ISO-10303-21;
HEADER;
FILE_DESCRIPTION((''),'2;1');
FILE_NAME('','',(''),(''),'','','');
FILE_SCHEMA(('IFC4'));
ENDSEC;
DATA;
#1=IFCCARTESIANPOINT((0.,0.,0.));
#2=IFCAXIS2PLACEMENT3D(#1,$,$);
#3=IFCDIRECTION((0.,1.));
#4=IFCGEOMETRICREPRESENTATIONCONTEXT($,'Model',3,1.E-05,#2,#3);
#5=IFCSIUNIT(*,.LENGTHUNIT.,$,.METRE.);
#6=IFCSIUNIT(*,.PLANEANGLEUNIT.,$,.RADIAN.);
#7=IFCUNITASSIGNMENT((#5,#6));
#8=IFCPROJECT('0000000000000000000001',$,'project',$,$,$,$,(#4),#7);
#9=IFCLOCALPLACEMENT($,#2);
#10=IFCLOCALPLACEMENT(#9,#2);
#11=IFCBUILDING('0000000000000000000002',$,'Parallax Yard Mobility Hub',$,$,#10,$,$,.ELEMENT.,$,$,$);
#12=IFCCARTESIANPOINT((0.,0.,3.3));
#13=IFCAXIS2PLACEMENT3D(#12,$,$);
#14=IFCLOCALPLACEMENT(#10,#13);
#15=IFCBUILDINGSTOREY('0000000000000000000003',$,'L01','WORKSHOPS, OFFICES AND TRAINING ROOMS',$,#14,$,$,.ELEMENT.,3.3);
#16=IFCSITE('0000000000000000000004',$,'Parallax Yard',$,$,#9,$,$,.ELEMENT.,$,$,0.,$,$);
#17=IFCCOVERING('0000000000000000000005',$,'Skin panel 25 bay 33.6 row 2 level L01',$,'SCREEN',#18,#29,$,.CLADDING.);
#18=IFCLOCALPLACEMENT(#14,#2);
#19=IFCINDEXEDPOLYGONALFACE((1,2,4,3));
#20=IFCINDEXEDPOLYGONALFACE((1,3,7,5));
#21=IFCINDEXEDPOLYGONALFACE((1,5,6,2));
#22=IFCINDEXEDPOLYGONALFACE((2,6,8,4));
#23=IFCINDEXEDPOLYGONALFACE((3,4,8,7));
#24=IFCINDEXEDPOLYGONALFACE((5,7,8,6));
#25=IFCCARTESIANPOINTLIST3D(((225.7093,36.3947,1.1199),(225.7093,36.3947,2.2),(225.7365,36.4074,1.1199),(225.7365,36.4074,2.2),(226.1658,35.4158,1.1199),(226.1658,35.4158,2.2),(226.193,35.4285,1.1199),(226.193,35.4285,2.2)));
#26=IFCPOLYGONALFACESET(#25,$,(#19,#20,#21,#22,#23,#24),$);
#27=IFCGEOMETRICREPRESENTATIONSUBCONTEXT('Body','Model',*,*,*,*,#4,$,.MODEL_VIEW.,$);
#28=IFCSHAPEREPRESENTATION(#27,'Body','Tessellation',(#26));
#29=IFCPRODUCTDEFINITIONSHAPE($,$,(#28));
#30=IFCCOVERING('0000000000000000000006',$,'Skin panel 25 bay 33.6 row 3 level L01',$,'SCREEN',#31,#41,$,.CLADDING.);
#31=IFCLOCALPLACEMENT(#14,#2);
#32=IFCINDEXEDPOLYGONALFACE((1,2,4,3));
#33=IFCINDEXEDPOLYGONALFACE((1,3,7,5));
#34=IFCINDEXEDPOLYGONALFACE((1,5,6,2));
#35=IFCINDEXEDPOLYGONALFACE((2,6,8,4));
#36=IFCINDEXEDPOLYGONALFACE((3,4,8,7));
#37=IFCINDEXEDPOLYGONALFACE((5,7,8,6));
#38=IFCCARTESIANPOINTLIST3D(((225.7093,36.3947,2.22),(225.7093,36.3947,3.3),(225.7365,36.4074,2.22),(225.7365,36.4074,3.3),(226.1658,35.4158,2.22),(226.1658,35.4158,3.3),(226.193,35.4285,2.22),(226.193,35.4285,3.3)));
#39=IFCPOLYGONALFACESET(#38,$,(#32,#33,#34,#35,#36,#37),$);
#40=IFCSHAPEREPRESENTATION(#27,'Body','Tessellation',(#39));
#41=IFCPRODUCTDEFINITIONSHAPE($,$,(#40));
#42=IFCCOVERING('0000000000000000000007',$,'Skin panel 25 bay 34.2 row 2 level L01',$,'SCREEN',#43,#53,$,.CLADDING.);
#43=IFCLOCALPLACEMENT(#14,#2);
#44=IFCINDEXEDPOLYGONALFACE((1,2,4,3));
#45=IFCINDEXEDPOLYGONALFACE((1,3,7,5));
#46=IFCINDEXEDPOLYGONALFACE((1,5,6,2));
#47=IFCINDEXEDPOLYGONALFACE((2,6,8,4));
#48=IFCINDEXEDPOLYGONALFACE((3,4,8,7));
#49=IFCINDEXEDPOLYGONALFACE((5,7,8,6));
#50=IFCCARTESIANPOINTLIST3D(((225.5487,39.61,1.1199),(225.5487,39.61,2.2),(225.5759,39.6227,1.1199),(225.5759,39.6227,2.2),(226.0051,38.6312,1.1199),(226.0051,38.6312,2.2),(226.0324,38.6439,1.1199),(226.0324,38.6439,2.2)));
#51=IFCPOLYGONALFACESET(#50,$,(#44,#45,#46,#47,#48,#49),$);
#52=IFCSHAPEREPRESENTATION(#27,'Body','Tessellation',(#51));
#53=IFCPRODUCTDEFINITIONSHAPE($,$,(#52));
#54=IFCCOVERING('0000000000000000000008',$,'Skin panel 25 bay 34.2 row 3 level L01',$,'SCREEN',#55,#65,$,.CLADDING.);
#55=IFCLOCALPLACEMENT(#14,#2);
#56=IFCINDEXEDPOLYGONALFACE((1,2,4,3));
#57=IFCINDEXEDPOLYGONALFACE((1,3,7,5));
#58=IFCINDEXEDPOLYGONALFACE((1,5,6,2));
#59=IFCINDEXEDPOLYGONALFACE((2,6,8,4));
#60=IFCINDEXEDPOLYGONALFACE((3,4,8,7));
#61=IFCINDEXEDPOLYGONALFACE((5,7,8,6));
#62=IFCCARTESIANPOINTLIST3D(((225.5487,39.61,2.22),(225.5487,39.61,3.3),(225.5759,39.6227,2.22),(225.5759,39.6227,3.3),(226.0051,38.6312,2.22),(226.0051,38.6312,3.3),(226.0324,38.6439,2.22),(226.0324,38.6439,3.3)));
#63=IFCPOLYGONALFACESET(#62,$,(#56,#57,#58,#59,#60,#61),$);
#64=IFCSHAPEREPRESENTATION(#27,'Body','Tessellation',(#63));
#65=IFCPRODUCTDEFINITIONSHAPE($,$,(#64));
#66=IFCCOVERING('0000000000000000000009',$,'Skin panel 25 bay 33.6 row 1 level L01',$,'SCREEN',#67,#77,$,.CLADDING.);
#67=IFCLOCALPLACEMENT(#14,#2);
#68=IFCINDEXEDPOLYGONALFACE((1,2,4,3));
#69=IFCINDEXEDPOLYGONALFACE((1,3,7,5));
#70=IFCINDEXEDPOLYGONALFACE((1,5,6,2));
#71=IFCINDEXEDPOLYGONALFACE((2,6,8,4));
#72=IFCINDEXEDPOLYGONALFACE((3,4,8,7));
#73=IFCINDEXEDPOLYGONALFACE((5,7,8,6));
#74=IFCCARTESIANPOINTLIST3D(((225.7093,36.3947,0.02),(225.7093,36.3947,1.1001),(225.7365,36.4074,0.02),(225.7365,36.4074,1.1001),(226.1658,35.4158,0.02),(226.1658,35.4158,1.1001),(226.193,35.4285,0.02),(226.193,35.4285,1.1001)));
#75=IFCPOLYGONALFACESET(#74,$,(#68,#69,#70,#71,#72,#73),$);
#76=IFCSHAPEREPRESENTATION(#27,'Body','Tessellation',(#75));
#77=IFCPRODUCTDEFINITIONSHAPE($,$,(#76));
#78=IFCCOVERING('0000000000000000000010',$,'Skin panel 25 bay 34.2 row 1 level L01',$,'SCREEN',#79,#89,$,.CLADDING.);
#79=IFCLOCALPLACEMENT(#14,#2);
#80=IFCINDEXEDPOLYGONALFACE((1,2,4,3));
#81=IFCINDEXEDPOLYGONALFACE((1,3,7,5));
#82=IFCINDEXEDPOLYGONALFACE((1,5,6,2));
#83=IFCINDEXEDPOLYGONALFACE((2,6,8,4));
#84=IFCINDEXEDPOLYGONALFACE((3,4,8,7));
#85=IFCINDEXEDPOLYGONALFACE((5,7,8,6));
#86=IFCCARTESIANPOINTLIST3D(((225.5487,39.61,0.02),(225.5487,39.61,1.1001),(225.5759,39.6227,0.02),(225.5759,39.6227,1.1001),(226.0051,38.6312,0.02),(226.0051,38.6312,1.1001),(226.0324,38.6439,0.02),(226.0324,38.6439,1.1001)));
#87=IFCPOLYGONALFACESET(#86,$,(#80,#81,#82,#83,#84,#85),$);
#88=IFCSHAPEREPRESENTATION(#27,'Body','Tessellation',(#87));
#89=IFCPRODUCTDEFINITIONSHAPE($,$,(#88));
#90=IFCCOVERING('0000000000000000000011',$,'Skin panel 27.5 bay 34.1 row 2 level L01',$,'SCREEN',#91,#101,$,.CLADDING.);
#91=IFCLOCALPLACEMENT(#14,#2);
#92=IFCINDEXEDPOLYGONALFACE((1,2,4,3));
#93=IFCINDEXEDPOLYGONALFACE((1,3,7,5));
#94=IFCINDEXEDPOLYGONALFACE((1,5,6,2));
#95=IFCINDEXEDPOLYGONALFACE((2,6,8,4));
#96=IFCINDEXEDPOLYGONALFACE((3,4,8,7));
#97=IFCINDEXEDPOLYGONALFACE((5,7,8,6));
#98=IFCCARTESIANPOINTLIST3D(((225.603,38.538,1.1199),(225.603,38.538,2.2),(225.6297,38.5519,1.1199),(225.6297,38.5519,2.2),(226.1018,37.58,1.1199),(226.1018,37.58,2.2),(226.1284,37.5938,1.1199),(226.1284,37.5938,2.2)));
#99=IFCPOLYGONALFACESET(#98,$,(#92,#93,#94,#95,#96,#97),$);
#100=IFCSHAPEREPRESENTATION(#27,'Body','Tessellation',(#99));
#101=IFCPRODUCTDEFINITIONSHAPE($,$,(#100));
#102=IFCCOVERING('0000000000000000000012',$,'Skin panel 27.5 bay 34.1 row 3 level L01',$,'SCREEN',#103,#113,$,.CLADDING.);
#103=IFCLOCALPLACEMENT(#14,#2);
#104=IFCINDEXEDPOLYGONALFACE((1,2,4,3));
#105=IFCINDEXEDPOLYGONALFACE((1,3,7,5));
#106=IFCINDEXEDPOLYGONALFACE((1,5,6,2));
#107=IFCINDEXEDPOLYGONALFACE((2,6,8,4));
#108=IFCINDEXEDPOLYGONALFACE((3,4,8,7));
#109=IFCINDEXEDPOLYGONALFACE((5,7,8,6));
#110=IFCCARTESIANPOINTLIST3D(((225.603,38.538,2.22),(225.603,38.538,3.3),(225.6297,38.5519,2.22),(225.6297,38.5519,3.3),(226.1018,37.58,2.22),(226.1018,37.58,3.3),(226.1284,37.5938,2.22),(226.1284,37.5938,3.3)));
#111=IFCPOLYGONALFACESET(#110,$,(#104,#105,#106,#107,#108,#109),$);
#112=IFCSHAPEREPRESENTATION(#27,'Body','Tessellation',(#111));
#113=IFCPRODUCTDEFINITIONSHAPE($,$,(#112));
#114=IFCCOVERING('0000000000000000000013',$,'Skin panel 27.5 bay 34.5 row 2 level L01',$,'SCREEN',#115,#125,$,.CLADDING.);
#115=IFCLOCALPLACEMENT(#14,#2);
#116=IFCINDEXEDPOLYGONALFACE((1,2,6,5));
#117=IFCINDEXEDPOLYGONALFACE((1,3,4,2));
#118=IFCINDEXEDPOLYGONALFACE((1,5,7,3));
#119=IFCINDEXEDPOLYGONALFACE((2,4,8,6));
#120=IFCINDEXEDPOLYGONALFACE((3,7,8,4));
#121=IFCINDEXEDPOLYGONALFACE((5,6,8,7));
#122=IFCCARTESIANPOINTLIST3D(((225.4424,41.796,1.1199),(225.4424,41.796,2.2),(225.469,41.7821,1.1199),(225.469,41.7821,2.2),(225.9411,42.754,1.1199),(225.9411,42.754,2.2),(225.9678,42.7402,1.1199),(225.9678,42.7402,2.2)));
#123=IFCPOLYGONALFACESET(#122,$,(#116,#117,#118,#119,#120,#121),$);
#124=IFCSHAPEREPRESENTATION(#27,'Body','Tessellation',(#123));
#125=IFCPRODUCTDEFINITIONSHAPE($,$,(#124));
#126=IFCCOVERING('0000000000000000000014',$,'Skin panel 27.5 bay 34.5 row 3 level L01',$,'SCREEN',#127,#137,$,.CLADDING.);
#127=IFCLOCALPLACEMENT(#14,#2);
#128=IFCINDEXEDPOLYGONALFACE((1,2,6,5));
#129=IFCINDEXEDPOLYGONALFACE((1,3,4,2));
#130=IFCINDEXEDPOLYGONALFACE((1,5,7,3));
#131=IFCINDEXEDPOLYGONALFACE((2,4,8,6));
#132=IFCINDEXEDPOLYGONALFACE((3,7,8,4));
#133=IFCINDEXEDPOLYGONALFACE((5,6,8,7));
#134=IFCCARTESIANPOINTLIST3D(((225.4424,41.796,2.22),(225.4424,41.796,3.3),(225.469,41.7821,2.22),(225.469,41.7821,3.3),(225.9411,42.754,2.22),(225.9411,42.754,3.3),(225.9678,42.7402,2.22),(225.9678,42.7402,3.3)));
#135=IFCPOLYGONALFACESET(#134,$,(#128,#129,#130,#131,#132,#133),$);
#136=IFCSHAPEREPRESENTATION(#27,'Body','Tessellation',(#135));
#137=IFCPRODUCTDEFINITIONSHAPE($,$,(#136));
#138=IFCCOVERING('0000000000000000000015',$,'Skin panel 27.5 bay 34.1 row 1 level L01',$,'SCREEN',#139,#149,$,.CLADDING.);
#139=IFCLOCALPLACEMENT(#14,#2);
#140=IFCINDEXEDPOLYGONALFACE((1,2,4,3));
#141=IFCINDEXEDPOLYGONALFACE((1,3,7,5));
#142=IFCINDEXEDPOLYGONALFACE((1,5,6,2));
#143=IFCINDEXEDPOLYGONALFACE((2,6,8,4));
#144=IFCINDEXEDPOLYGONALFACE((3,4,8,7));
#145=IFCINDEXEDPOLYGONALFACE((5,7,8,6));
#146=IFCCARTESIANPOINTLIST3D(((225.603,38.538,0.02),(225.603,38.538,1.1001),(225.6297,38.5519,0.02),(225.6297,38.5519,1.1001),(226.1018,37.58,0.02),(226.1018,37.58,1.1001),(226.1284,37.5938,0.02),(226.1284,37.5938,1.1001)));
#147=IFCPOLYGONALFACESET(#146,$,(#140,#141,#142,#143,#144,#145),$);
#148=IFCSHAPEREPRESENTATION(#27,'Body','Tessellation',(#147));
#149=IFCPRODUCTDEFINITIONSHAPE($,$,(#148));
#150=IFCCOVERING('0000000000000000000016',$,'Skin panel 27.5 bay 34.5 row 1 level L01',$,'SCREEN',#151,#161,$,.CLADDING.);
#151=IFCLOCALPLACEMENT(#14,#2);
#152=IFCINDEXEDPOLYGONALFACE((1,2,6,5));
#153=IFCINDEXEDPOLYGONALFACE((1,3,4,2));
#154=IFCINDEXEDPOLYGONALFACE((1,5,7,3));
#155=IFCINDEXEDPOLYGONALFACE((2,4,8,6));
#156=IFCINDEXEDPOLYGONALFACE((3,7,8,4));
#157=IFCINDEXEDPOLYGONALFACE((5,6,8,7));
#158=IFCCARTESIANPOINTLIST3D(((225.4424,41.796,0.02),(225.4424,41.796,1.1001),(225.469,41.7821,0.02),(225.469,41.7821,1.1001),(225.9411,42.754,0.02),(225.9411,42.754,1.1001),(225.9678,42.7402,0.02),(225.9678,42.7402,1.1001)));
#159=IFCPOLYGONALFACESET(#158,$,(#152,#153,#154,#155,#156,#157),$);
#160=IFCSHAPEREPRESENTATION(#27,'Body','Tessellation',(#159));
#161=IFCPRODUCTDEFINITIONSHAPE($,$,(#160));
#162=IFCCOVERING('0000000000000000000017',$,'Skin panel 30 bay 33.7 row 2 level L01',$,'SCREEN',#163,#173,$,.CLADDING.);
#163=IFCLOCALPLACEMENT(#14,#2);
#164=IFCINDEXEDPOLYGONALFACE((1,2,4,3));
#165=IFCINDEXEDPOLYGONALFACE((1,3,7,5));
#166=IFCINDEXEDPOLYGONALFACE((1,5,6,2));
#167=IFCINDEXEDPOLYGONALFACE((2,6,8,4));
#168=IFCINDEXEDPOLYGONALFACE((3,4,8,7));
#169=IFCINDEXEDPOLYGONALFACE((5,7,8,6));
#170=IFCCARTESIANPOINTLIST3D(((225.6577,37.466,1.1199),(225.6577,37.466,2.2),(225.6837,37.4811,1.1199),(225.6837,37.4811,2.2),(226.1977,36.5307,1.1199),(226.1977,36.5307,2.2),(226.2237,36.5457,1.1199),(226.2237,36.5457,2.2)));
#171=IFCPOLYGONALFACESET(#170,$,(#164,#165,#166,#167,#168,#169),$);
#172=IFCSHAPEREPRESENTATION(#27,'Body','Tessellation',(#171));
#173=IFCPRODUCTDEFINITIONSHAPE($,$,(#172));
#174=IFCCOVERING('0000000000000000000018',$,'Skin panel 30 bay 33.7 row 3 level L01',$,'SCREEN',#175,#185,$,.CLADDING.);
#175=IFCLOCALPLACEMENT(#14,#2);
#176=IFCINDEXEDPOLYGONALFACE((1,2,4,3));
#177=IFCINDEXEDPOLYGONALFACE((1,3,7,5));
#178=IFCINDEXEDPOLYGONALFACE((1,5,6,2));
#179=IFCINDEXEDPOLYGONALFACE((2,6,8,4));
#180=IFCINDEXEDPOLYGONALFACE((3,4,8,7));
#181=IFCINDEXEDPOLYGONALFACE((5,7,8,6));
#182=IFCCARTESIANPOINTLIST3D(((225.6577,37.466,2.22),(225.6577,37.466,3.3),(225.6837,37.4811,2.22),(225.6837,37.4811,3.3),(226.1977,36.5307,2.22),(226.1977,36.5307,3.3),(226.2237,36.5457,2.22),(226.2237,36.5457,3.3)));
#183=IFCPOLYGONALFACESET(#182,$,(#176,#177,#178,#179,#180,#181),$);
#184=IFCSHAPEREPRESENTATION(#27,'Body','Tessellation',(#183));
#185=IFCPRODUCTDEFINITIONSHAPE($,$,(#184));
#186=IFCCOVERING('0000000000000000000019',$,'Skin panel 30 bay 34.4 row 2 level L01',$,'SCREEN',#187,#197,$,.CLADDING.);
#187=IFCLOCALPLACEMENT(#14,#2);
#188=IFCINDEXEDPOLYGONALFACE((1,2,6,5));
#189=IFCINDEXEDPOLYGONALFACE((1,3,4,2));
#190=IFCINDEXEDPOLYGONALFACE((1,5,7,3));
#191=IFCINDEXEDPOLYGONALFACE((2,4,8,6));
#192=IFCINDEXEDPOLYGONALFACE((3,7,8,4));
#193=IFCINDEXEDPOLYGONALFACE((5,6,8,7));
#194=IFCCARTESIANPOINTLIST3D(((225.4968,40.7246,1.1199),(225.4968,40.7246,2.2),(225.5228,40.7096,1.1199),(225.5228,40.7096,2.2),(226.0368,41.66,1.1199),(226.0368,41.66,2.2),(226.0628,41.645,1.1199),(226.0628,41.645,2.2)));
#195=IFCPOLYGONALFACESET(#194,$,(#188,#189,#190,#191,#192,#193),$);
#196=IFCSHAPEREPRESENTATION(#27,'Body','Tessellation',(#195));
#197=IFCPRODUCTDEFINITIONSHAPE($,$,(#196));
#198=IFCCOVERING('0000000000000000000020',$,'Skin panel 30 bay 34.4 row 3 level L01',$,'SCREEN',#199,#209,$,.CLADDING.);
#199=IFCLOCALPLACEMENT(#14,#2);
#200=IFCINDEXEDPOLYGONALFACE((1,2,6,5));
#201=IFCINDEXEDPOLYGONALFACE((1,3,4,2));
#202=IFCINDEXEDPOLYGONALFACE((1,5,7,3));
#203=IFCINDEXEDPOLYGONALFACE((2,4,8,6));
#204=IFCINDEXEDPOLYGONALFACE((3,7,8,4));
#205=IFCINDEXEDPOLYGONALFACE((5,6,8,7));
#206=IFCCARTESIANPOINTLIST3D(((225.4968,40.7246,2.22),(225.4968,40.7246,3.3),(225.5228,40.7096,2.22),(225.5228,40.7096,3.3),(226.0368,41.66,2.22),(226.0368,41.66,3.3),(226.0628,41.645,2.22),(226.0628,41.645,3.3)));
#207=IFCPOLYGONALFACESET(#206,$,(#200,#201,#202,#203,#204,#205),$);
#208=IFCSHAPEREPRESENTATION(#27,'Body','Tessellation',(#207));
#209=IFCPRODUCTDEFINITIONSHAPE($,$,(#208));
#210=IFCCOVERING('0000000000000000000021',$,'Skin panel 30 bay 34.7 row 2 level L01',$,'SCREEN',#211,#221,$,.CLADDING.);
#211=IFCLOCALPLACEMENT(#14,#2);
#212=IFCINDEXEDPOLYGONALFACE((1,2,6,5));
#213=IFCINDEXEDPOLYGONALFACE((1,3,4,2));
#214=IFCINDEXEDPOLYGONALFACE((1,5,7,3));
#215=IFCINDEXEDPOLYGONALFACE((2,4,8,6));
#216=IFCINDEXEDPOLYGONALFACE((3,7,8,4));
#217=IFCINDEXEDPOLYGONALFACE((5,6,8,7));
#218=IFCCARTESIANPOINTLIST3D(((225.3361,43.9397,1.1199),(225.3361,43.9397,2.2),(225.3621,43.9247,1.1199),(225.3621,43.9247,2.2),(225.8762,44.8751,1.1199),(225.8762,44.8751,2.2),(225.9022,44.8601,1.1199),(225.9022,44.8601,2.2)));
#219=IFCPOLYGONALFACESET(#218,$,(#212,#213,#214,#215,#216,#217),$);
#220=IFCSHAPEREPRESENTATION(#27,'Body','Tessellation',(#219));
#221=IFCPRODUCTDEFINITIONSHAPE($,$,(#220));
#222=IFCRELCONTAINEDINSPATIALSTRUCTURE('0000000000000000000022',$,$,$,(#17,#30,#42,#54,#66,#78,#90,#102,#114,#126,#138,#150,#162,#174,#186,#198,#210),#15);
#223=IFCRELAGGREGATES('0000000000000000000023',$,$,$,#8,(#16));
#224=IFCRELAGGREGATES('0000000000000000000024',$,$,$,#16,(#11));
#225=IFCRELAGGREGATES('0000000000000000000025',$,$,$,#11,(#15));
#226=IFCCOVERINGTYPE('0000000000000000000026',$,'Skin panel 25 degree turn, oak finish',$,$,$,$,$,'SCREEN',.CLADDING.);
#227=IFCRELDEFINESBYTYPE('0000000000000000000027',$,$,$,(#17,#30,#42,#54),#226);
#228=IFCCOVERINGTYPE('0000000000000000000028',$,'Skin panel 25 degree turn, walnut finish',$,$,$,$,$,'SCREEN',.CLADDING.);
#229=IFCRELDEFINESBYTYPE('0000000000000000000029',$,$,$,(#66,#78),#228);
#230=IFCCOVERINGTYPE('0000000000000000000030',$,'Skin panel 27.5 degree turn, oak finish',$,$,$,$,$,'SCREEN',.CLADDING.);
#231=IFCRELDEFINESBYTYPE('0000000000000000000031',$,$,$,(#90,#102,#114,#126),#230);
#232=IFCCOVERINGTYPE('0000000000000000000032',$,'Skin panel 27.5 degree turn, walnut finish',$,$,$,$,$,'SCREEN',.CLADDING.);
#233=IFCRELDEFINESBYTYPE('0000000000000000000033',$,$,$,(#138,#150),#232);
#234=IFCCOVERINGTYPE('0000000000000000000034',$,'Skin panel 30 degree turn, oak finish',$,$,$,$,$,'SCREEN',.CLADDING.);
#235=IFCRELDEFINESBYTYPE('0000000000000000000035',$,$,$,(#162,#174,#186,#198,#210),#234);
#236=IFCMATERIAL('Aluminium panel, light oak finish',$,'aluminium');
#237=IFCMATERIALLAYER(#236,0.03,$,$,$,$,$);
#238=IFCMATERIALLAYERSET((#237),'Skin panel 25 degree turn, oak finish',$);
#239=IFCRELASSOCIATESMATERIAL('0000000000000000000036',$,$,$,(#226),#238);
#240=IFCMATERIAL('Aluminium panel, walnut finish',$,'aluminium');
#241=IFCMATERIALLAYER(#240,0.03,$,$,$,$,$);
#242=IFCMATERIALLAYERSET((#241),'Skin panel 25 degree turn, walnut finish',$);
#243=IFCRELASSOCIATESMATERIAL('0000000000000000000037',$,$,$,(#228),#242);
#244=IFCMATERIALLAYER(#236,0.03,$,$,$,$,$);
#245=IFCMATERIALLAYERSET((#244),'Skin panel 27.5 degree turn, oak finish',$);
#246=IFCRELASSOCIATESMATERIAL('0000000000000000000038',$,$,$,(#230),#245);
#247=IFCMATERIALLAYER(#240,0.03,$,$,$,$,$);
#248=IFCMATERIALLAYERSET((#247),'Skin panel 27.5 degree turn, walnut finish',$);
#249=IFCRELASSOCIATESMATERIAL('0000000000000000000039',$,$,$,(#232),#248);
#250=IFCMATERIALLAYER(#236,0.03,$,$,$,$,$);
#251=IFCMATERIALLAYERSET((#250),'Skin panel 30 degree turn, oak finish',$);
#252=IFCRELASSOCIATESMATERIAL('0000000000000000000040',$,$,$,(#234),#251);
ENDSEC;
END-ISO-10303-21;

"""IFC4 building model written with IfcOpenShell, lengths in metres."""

from ifc_helpers import new_model, si_unit, direction, frame, origin, origin_2d, place, context, subcontext, project, spatial, rectangle, extrude, material, layer, layer_set, type_object, element, save


model = new_model("IFC4")

# Units and contexts
model_context = context("Model", 3, precision=1e-05, world=origin(), true_north=direction((0.0, 1.0)))
body_context = subcontext(model_context, "Body", "Model", "MODEL_VIEW")
ifc_project = project(units=[si_unit("LENGTHUNIT", "METRE"), si_unit("PLANEANGLEUNIT", "RADIAN")], contexts=[model_context])

# Site, building, storey
site_placement = place(None, origin())
site = spatial("IfcSite", under=ifc_project, at=site_placement, Name="Parallax Yard", CompositionType="ELEMENT", RefElevation=0.0)
building_placement = place(site_placement, origin())
building = spatial("IfcBuilding", under=site, at=building_placement, Name="Parallax Yard Mobility Hub", CompositionType="ELEMENT")
storey_placement = place(building_placement, frame((0.0, 0.0, 3.3)))
storey = spatial("IfcBuildingStorey", under=building, at=storey_placement, Name="L01", Description="WORKSHOPS, OFFICES AND TRAINING ROOMS", CompositionType="ELEMENT", Elevation=3.3)

# Coverings
ifc_material_1 = material(Name="Aluminium panel, light oak finish", Category="aluminium")
ifc_layer_1 = layer(ifc_material_1, 0.03)
ifc_layer_set_1 = layer_set([ifc_layer_1], Name="Skin panel 25 degree turn, oak finish")
covering_type_1 = type_object("IfcCoveringType", Name="Skin panel 25 degree turn, oak finish", ElementType="SCREEN", PredefinedType="CLADDING", material=ifc_layer_set_1)
for number, where, z_axis, x_axis, name in (
    (1, (225.9512, 35.9116, 1.1199), (0.0, 0.0, 1.0), (0.422618, -0.906308, 0.0), "Skin panel 25 bay 33.6 row 2 level L01"),
    (2, (225.9512, 35.9116, 2.22), (0.0, 0.0, 1.0), (0.422618, -0.906308, 0.0), "Skin panel 25 bay 33.6 row 3 level L01"),
    (3, (225.7905, 39.127, 1.1199), (0.0, 0.0, 1.0), (0.422618, -0.906308, 0.0), "Skin panel 25 bay 34.2 row 2 level L01"),
    (4, (225.7905, 39.127, 2.22), (0.0, 0.0, 1.0), (0.422618, -0.906308, 0.0), "Skin panel 25 bay 34.2 row 3 level L01"),
):
    element("IfcCovering", number, at=place(storey_placement, frame(where, z_axis=z_axis, x_axis=x_axis)), inside=storey, type_object=covering_type_1, Name=name, ObjectType="SCREEN", PredefinedType="CLADDING", context=body_context, shape_type="SweptSolid", body=[
        extrude(rectangle(XDim=1.0801, YDim=0.03, at=origin_2d()), origin(), (0.0, 0.0, 1.0), 1.0801),
    ])
ifc_material_2 = material(Name="Aluminium panel, walnut finish", Category="aluminium")
ifc_layer_2 = layer(ifc_material_2, 0.03)
ifc_layer_set_2 = layer_set([ifc_layer_2], Name="Skin panel 25 degree turn, walnut finish")
covering_type_2 = type_object("IfcCoveringType", Name="Skin panel 25 degree turn, walnut finish", ElementType="SCREEN", PredefinedType="CLADDING", material=ifc_layer_set_2)
for number, where, z_axis, x_axis, name in (
    (5, (225.9512, 35.9116, 0.02), (0.0, 0.0, 1.0), (0.422618, -0.906308, 0.0), "Skin panel 25 bay 33.6 row 1 level L01"),
    (6, (225.7905, 39.127, 0.02), (0.0, 0.0, 1.0), (0.422618, -0.906308, 0.0), "Skin panel 25 bay 34.2 row 1 level L01"),
):
    element("IfcCovering", number, at=place(storey_placement, frame(where, z_axis=z_axis, x_axis=x_axis)), inside=storey, type_object=covering_type_2, Name=name, ObjectType="SCREEN", PredefinedType="CLADDING", context=body_context, shape_type="SweptSolid", body=[
        extrude(rectangle(XDim=1.0801, YDim=0.03, at=origin_2d()), origin(), (0.0, 0.0, 1.0), 1.0801),
    ])
ifc_layer_3 = layer(ifc_material_1, 0.03)
ifc_layer_set_3 = layer_set([ifc_layer_3], Name="Skin panel 27.5 degree turn, oak finish")
covering_type_3 = type_object("IfcCoveringType", Name="Skin panel 27.5 degree turn, oak finish", ElementType="SCREEN", PredefinedType="CLADDING", material=ifc_layer_set_3)
for number, where, z_axis, x_axis, name in (
    (7, (225.8657, 38.0659, 1.1199), (0.0, 0.0, 1.0), (0.461749, -0.887011, 0.0), "Skin panel 27.5 bay 34.1 row 2 level L01"),
    (8, (225.8657, 38.0659, 2.22), (0.0, 0.0, 1.0), (0.461749, -0.887011, 0.0), "Skin panel 27.5 bay 34.1 row 3 level L01"),
    (9, (225.7051, 42.2681, 1.1199), (0.0, 0.0, 1.0), (0.461749, 0.887011, 0.0), "Skin panel 27.5 bay 34.5 row 2 level L01"),
    (10, (225.7051, 42.2681, 2.22), (0.0, 0.0, 1.0), (0.461749, 0.887011, 0.0), "Skin panel 27.5 bay 34.5 row 3 level L01"),
):
    element("IfcCovering", number, at=place(storey_placement, frame(where, z_axis=z_axis, x_axis=x_axis)), inside=storey, type_object=covering_type_3, Name=name, ObjectType="SCREEN", PredefinedType="CLADDING", context=body_context, shape_type="SweptSolid", body=[
        extrude(rectangle(XDim=1.0801, YDim=0.03, at=origin_2d()), origin(), (0.0, 0.0, 1.0), 1.0801),
    ])
ifc_layer_4 = layer(ifc_material_2, 0.03)
ifc_layer_set_4 = layer_set([ifc_layer_4], Name="Skin panel 27.5 degree turn, walnut finish")
covering_type_4 = type_object("IfcCoveringType", Name="Skin panel 27.5 degree turn, walnut finish", ElementType="SCREEN", PredefinedType="CLADDING", material=ifc_layer_set_4)
for number, where, z_axis, x_axis, name in (
    (11, (225.8657, 38.0659, 0.02), (0.0, 0.0, 1.0), (0.461749, -0.887011, 0.0), "Skin panel 27.5 bay 34.1 row 1 level L01"),
    (12, (225.7051, 42.2681, 0.02), (0.0, 0.0, 1.0), (0.461749, 0.887011, 0.0), "Skin panel 27.5 bay 34.5 row 1 level L01"),
):
    element("IfcCovering", number, at=place(storey_placement, frame(where, z_axis=z_axis, x_axis=x_axis)), inside=storey, type_object=covering_type_4, Name=name, ObjectType="SCREEN", PredefinedType="CLADDING", context=body_context, shape_type="SweptSolid", body=[
        extrude(rectangle(XDim=1.0801, YDim=0.03, at=origin_2d()), origin(), (0.0, 0.0, 1.0), 1.0801),
    ])
ifc_layer_5 = layer(ifc_material_1, 0.03)
ifc_layer_set_5 = layer_set([ifc_layer_5], Name="Skin panel 30 degree turn, oak finish")
covering_type_5 = type_object("IfcCoveringType", Name="Skin panel 30 degree turn, oak finish", ElementType="SCREEN", PredefinedType="CLADDING", material=ifc_layer_set_5)
for number, where, z_axis, x_axis, name in (
    (13, (225.9407, 37.0059, 1.1199), (0.0, 0.0, 1.0), (0.5, -0.866025, 0.0), "Skin panel 30 bay 33.7 row 2 level L01"),
    (14, (225.9407, 37.0059, 2.22), (0.0, 0.0, 1.0), (0.5, -0.866025, 0.0), "Skin panel 30 bay 33.7 row 3 level L01"),
    (15, (225.7798, 41.1848, 1.1199), (0.0, 0.0, 1.0), (0.5, 0.866025, 0.0), "Skin panel 30 bay 34.4 row 2 level L01"),
    (16, (225.7798, 41.1848, 2.22), (0.0, 0.0, 1.0), (0.5, 0.866025, 0.0), "Skin panel 30 bay 34.4 row 3 level L01"),
    (17, (225.6191, 44.3999, 1.1199), (0.0, 0.0, 1.0), (0.5, 0.866025, 0.0), "Skin panel 30 bay 34.7 row 2 level L01"),
):
    element("IfcCovering", number, at=place(storey_placement, frame(where, z_axis=z_axis, x_axis=x_axis)), inside=storey, type_object=covering_type_5, Name=name, ObjectType="SCREEN", PredefinedType="CLADDING", context=body_context, shape_type="SweptSolid", body=[
        extrude(rectangle(XDim=1.0801, YDim=0.03, at=origin_2d()), origin(), (0.0, 0.0, 1.0), 1.0801),
    ])

save(model, "model.ifc")
